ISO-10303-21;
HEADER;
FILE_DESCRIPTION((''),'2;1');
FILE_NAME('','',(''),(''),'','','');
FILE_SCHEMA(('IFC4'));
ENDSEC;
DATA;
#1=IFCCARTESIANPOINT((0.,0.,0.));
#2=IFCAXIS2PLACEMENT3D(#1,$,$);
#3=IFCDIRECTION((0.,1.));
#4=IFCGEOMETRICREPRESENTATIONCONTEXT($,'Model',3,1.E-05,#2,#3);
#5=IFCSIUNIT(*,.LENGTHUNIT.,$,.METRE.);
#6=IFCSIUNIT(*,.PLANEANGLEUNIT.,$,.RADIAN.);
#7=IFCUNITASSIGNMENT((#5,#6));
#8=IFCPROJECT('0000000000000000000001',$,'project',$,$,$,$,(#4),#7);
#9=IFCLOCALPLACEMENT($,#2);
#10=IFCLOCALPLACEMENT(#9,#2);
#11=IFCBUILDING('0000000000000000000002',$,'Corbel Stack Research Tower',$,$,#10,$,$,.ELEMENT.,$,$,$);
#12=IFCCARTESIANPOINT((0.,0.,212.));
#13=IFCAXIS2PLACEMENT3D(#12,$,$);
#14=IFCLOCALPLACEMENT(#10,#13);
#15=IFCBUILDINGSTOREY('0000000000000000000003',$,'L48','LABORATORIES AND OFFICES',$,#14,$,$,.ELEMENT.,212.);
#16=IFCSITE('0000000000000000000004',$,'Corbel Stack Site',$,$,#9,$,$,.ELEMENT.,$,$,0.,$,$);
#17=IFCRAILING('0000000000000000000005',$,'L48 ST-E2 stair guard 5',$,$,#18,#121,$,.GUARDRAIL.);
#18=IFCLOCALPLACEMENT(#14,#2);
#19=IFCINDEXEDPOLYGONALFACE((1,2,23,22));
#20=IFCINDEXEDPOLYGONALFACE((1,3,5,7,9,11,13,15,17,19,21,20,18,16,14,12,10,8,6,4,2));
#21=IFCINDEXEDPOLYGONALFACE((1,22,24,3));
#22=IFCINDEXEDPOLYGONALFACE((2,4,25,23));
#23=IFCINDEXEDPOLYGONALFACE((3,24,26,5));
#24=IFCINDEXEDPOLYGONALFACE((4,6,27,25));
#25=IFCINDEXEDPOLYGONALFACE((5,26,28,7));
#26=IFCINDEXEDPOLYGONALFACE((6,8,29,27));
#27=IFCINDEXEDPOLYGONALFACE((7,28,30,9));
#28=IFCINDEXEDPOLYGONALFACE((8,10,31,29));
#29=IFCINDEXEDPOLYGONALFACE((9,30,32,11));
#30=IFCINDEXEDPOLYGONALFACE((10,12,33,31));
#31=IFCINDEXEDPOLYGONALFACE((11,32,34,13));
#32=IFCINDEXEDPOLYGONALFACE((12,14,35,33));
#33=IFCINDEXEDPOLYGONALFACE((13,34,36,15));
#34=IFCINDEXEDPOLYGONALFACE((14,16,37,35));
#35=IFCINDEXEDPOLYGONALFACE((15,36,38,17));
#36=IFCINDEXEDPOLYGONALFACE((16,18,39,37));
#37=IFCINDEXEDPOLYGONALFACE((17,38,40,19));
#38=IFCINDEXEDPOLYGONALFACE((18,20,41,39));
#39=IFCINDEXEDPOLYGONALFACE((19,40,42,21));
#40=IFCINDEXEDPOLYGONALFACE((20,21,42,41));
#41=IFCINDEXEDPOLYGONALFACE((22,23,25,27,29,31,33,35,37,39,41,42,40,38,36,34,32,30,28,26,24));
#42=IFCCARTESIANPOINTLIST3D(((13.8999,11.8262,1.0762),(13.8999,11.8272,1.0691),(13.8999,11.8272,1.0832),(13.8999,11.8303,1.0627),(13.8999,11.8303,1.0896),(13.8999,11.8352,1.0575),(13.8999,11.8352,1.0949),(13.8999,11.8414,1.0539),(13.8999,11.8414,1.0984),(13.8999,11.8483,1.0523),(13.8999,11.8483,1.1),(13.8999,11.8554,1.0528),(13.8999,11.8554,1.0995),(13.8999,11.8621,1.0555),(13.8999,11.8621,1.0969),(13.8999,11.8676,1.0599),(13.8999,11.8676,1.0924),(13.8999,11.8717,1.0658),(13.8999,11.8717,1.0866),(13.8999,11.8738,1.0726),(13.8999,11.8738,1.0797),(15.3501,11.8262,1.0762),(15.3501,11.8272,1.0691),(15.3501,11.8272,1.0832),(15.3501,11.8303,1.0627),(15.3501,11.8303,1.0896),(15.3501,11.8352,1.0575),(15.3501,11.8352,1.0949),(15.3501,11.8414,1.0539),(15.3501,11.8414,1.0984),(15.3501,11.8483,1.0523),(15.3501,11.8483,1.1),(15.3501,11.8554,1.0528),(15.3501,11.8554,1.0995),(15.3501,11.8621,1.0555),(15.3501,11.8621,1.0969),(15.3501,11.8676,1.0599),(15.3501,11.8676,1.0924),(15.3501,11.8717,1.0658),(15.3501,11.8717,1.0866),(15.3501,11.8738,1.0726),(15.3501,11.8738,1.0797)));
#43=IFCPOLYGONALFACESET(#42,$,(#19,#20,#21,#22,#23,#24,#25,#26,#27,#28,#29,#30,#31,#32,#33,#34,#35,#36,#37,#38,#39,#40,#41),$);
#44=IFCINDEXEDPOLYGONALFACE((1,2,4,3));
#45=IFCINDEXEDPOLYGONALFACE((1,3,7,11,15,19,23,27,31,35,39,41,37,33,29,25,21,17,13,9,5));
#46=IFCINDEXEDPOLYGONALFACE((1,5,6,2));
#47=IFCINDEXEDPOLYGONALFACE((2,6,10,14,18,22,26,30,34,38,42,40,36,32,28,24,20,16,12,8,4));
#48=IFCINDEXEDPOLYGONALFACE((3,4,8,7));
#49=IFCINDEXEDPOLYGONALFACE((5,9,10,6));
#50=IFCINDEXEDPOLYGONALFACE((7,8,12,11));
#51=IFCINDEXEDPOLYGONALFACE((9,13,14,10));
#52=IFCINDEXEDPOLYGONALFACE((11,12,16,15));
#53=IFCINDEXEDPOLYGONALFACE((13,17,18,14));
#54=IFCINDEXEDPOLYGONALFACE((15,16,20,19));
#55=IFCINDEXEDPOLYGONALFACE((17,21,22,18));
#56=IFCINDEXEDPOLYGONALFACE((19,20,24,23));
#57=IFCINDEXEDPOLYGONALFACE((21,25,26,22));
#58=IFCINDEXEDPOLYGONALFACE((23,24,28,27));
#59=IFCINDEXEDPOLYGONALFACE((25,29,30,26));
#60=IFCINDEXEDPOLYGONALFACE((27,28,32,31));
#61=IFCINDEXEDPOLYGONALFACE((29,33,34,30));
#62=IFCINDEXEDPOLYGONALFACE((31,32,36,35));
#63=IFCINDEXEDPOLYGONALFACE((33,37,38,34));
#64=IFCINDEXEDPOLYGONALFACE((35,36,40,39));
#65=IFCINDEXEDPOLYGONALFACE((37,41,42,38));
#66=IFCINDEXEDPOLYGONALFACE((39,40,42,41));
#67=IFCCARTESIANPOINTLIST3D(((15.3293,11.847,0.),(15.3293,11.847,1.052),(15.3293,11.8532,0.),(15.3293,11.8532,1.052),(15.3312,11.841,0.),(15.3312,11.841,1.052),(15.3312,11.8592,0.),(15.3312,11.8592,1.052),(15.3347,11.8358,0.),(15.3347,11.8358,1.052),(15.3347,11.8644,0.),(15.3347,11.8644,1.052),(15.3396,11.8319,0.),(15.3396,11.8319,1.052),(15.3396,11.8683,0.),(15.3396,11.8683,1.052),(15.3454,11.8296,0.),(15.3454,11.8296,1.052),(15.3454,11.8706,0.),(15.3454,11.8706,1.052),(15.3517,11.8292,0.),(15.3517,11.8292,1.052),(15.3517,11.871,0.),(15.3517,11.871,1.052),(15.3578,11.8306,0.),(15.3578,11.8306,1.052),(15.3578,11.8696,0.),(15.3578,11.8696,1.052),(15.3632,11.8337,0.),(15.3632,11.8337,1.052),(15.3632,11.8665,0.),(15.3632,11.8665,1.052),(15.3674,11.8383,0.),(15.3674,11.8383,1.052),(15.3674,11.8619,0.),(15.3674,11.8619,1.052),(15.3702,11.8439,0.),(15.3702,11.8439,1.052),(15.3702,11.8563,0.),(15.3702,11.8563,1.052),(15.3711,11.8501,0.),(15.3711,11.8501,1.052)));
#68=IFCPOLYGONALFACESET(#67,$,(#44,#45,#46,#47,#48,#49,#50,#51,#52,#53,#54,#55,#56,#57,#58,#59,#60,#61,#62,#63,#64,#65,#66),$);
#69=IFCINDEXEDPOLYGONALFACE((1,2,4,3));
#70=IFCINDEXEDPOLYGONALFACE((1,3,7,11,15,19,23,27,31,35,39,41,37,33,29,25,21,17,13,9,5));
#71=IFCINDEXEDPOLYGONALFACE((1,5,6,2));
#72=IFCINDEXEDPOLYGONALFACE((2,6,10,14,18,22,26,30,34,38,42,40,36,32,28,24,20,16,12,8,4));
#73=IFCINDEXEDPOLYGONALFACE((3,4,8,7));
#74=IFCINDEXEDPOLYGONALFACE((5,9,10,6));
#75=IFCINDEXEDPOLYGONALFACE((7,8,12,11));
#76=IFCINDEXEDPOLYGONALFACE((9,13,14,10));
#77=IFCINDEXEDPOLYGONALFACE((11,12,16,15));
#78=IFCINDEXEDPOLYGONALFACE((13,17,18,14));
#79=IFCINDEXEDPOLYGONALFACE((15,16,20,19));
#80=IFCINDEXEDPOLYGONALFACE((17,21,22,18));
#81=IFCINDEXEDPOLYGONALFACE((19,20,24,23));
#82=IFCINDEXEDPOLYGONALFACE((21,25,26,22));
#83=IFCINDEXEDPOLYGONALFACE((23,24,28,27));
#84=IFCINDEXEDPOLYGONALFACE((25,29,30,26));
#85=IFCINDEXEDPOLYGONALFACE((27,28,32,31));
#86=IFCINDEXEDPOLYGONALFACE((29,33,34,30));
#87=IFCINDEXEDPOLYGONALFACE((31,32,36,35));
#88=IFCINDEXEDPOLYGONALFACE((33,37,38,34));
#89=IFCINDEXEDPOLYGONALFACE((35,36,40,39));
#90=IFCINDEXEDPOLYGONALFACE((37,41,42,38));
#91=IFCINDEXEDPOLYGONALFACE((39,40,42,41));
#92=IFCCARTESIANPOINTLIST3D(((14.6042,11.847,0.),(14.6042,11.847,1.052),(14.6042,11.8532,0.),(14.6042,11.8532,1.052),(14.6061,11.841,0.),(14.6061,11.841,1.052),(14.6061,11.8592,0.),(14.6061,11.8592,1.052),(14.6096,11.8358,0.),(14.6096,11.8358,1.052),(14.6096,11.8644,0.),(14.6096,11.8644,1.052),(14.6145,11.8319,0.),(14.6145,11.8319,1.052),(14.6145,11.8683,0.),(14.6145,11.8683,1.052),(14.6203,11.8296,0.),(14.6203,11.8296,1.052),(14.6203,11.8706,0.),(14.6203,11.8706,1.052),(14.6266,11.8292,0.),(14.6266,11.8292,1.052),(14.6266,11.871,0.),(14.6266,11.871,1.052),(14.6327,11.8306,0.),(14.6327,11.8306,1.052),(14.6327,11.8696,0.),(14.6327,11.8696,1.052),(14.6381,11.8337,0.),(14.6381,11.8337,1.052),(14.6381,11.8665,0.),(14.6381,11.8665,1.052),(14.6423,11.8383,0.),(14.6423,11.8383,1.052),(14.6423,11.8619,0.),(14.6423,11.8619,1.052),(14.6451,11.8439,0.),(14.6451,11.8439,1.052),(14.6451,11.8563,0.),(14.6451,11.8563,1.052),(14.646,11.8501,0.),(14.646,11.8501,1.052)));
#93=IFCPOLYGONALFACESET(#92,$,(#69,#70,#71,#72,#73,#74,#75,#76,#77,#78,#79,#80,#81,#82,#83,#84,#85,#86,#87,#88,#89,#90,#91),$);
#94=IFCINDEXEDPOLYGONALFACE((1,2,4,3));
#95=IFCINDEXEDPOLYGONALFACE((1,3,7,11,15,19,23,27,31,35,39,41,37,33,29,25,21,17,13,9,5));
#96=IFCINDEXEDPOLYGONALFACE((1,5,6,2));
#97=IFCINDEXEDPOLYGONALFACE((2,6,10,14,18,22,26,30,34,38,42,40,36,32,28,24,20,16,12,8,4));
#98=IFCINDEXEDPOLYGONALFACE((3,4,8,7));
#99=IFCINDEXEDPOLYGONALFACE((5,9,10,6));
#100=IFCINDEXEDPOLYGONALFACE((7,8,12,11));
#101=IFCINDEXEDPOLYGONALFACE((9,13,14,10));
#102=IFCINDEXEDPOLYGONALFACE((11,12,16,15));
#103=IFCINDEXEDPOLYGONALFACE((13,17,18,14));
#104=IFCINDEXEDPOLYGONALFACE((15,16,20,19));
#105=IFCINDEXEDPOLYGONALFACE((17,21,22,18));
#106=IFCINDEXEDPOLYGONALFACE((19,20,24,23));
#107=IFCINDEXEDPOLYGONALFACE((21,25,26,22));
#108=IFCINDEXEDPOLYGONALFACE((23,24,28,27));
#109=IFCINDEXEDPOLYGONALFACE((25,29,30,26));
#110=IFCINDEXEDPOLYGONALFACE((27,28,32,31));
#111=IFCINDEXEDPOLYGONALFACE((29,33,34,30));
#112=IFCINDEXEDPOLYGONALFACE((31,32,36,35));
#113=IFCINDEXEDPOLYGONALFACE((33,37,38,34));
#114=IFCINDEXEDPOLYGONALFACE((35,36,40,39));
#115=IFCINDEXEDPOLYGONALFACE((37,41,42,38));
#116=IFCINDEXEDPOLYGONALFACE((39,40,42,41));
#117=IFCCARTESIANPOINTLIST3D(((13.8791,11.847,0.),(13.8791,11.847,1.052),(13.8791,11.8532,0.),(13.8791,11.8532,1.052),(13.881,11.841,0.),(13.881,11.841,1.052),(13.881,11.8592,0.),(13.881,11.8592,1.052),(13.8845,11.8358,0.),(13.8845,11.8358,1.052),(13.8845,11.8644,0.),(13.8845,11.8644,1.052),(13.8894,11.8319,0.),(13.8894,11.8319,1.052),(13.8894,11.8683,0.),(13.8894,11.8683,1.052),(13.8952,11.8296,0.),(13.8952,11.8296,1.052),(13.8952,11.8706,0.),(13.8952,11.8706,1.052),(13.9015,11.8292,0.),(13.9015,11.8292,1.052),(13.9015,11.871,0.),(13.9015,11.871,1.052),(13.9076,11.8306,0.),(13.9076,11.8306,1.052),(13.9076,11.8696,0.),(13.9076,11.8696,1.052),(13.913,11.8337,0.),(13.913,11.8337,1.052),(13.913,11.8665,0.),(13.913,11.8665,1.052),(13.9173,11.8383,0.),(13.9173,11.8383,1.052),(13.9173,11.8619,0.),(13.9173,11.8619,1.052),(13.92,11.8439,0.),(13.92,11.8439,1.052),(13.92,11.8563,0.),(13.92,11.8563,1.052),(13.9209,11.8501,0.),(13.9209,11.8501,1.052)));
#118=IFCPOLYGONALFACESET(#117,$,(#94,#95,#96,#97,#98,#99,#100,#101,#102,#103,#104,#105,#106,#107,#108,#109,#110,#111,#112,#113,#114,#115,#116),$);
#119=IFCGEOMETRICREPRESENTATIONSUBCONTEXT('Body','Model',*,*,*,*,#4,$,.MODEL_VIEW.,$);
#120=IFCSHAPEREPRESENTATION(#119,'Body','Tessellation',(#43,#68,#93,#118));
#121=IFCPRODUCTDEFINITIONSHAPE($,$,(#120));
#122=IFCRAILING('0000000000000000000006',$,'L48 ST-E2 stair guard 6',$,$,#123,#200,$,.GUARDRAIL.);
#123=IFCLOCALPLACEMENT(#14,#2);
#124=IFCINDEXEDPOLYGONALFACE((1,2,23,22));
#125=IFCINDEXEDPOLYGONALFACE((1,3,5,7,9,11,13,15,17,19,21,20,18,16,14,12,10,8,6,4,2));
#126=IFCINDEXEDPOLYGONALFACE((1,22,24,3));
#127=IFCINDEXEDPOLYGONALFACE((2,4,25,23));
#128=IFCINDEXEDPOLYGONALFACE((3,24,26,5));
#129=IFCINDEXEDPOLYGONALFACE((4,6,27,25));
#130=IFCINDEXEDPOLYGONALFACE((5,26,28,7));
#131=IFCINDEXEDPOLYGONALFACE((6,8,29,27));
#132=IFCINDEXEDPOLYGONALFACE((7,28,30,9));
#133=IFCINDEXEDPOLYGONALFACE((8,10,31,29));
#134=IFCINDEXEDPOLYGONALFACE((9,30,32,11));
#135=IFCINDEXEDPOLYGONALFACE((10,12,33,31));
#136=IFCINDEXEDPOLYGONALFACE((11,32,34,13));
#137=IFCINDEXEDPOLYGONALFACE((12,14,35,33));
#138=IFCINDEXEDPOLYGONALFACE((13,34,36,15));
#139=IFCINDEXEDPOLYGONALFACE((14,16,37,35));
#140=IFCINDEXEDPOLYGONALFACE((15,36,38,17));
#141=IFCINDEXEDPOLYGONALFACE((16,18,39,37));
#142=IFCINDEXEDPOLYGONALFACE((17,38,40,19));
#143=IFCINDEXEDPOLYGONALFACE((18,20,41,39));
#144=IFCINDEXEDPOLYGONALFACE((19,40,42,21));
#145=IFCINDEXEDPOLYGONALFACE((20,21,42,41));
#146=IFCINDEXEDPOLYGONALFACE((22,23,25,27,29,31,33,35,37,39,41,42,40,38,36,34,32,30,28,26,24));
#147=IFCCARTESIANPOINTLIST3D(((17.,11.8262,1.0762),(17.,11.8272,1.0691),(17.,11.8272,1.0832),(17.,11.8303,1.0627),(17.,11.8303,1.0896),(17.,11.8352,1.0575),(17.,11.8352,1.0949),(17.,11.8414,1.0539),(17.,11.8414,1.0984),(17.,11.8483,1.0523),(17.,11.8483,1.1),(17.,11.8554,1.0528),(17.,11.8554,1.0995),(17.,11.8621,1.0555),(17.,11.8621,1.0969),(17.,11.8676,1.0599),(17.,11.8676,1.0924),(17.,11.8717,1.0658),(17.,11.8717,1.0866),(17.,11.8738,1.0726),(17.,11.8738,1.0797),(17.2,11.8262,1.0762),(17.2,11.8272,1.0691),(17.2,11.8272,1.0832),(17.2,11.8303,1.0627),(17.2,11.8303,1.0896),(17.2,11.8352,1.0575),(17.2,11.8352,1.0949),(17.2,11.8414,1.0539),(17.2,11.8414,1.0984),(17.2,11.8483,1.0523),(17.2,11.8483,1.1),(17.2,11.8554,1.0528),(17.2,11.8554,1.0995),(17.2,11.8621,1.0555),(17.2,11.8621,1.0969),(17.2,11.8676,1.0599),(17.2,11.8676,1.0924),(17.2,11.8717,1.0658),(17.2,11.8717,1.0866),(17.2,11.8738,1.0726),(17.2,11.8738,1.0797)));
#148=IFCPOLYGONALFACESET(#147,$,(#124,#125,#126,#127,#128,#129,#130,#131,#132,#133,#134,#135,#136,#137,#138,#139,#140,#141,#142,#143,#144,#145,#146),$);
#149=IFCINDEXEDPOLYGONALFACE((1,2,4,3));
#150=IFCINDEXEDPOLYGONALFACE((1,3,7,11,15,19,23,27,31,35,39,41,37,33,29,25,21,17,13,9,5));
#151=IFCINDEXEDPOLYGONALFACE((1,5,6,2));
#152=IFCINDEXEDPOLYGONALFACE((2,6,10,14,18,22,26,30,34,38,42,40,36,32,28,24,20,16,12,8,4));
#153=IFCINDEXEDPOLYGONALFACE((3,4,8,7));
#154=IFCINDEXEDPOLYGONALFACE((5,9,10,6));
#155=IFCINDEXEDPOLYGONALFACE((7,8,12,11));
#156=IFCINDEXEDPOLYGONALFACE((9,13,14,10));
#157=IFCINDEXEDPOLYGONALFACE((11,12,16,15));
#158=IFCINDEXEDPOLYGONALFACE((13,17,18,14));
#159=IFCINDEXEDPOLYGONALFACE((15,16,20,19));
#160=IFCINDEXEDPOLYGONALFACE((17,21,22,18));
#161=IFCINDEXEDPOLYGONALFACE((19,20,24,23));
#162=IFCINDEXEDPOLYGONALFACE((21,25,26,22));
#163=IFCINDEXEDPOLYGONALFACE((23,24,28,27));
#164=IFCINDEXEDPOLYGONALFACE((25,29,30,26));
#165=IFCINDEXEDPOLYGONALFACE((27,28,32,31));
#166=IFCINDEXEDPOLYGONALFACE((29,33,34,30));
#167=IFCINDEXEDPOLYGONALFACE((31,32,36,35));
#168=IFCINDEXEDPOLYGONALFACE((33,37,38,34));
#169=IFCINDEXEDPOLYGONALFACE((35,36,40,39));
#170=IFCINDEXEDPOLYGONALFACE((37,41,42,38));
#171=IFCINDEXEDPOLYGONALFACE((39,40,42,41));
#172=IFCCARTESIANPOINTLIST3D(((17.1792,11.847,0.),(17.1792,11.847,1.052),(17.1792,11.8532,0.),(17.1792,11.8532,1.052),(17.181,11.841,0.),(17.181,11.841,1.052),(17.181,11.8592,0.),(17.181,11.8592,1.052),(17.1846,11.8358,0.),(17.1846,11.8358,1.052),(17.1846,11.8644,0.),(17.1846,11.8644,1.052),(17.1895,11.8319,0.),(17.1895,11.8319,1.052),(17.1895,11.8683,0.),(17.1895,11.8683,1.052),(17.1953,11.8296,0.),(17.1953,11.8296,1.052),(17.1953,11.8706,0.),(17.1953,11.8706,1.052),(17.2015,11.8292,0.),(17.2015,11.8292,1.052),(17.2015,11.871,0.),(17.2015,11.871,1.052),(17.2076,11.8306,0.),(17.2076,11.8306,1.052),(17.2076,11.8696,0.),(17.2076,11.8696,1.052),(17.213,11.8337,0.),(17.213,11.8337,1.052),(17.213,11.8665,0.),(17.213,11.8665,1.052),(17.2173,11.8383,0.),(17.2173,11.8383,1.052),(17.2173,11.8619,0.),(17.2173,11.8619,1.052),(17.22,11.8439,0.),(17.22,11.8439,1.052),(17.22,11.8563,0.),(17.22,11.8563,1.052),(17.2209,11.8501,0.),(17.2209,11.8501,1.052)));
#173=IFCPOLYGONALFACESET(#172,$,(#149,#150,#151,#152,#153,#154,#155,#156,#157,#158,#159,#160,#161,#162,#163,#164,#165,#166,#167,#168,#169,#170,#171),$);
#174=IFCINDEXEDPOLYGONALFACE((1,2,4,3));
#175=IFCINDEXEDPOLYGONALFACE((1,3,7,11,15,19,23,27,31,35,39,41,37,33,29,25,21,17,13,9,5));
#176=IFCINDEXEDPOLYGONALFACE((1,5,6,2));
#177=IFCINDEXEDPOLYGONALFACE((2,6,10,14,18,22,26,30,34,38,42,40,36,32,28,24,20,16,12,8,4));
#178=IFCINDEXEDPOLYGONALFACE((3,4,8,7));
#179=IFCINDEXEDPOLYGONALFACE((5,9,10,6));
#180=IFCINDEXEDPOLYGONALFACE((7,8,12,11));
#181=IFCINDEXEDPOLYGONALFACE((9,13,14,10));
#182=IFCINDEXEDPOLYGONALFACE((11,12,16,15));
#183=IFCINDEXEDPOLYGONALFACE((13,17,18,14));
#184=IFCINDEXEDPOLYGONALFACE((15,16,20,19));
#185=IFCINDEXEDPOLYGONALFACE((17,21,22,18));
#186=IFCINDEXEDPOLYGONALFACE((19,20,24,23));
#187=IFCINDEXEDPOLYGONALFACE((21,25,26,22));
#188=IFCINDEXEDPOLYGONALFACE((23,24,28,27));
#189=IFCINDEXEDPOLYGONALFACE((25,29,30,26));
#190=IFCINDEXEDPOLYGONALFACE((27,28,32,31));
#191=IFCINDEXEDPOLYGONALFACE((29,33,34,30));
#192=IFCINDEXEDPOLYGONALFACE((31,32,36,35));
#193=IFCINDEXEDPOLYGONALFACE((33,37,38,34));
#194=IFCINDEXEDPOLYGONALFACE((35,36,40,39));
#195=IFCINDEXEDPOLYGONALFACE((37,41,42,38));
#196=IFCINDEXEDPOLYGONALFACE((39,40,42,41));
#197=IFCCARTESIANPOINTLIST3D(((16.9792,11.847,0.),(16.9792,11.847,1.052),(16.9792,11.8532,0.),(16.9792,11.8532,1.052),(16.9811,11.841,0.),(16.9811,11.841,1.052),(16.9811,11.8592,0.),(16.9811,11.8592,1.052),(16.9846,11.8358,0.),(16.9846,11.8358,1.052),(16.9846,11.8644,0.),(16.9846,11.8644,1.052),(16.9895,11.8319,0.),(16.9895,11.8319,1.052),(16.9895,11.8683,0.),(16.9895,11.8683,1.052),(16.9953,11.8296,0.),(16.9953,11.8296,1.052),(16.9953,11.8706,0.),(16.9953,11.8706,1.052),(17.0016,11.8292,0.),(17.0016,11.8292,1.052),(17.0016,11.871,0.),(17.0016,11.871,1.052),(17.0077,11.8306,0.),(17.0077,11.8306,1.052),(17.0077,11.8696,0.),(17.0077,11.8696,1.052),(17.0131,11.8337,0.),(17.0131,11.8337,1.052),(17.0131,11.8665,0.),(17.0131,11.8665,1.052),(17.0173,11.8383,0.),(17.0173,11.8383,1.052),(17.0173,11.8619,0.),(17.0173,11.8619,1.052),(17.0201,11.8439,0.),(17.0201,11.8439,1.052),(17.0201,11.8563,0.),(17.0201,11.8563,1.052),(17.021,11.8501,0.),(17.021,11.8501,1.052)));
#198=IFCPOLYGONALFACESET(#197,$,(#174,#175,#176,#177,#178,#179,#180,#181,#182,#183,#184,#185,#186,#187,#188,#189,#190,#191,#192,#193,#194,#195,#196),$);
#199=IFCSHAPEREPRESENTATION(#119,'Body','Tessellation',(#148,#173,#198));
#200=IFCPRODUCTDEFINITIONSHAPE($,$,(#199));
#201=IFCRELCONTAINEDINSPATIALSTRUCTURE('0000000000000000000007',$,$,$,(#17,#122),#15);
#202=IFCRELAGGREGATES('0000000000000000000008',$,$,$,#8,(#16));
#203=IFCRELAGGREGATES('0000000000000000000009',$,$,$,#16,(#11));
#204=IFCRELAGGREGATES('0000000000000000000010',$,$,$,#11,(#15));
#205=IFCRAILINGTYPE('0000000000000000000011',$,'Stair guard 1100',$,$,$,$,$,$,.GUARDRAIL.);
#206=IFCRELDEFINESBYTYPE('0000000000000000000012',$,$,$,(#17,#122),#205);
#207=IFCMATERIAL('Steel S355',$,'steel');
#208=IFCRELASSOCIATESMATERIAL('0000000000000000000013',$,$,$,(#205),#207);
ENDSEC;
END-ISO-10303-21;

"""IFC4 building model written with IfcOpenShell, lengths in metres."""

from ifc_helpers import new_model, si_unit, direction, frame, origin, origin_2d, place, context, subcontext, project, spatial, circle, extrude, material, type_object, element, save


model = new_model("IFC4")

# Units and contexts
model_context = context("Model", 3, precision=1e-05, world=origin(), true_north=direction((0.0, 1.0)))
body_context = subcontext(model_context, "Body", "Model", "MODEL_VIEW")
ifc_project = project(units=[si_unit("LENGTHUNIT", "METRE"), si_unit("PLANEANGLEUNIT", "RADIAN")], contexts=[model_context])

# Site, building, storey
site_placement = place(None, origin())
site = spatial("IfcSite", under=ifc_project, at=site_placement, Name="Corbel Stack Site", CompositionType="ELEMENT", RefElevation=0.0)
building_placement = place(site_placement, origin())
building = spatial("IfcBuilding", under=site, at=building_placement, Name="Corbel Stack Research Tower", CompositionType="ELEMENT")
storey_placement = place(building_placement, frame((0.0, 0.0, 212.0)))
storey = spatial("IfcBuildingStorey", under=building, at=storey_placement, Name="L48", Description="LABORATORIES AND OFFICES", CompositionType="ELEMENT", Elevation=212.0)

# Railings
ifc_material_1 = material(Name="Steel S355", Category="steel")
railing_type_1 = type_object("IfcRailingType", Name="Stair guard 1100", PredefinedType="GUARDRAIL", material=ifc_material_1)
railing_1_placement = place(storey_placement, frame((15.3501, 11.8501, 0.0)))
element("IfcRailing", 1, at=railing_1_placement, inside=storey, type_object=railing_type_1, Name="L48 ST-E2 stair guard 5", PredefinedType="GUARDRAIL", context=body_context, shape_type="SweptSolid", body=[
    extrude(circle(Radius=0.0239, at=origin_2d()), frame((0.0, 0.0, 1.0762), z_axis=(-1.0, 0.0, 0.0), x_axis=(0.0, -1.0, 0.0)), (0.0, 0.0, 1.0), 1.4502),
    extrude(circle(Radius=0.021, at=origin_2d()), origin(), (0.0, 0.0, 1.0), 1.052),
    extrude(circle(Radius=0.021, at=origin_2d()), frame((-0.7251, 0.0, 0.0)), (0.0, 0.0, 1.0), 1.052),
    extrude(circle(Radius=0.021, at=origin_2d()), frame((-1.4502, 0.0, 0.0)), (0.0, 0.0, 1.0), 1.052),
])
railing_2_placement = place(storey_placement, frame((17.2, 11.8501, 0.0)))
element("IfcRailing", 2, at=railing_2_placement, inside=storey, type_object=railing_type_1, Name="L48 ST-E2 stair guard 6", PredefinedType="GUARDRAIL", context=body_context, shape_type="SweptSolid", body=[
    extrude(circle(Radius=0.0239, at=origin_2d()), frame((0.0, 0.0, 1.0762), z_axis=(-1.0, 0.0, 0.0), x_axis=(0.0, -1.0, 0.0)), (0.0, 0.0, 1.0), 0.2),
    extrude(circle(Radius=0.021, at=origin_2d()), origin(), (0.0, 0.0, 1.0), 1.052),
    extrude(circle(Radius=0.021, at=origin_2d()), frame((-0.2, 0.0, 0.0)), (0.0, 0.0, 1.0), 1.052),
])

save(model, "model.ifc")
